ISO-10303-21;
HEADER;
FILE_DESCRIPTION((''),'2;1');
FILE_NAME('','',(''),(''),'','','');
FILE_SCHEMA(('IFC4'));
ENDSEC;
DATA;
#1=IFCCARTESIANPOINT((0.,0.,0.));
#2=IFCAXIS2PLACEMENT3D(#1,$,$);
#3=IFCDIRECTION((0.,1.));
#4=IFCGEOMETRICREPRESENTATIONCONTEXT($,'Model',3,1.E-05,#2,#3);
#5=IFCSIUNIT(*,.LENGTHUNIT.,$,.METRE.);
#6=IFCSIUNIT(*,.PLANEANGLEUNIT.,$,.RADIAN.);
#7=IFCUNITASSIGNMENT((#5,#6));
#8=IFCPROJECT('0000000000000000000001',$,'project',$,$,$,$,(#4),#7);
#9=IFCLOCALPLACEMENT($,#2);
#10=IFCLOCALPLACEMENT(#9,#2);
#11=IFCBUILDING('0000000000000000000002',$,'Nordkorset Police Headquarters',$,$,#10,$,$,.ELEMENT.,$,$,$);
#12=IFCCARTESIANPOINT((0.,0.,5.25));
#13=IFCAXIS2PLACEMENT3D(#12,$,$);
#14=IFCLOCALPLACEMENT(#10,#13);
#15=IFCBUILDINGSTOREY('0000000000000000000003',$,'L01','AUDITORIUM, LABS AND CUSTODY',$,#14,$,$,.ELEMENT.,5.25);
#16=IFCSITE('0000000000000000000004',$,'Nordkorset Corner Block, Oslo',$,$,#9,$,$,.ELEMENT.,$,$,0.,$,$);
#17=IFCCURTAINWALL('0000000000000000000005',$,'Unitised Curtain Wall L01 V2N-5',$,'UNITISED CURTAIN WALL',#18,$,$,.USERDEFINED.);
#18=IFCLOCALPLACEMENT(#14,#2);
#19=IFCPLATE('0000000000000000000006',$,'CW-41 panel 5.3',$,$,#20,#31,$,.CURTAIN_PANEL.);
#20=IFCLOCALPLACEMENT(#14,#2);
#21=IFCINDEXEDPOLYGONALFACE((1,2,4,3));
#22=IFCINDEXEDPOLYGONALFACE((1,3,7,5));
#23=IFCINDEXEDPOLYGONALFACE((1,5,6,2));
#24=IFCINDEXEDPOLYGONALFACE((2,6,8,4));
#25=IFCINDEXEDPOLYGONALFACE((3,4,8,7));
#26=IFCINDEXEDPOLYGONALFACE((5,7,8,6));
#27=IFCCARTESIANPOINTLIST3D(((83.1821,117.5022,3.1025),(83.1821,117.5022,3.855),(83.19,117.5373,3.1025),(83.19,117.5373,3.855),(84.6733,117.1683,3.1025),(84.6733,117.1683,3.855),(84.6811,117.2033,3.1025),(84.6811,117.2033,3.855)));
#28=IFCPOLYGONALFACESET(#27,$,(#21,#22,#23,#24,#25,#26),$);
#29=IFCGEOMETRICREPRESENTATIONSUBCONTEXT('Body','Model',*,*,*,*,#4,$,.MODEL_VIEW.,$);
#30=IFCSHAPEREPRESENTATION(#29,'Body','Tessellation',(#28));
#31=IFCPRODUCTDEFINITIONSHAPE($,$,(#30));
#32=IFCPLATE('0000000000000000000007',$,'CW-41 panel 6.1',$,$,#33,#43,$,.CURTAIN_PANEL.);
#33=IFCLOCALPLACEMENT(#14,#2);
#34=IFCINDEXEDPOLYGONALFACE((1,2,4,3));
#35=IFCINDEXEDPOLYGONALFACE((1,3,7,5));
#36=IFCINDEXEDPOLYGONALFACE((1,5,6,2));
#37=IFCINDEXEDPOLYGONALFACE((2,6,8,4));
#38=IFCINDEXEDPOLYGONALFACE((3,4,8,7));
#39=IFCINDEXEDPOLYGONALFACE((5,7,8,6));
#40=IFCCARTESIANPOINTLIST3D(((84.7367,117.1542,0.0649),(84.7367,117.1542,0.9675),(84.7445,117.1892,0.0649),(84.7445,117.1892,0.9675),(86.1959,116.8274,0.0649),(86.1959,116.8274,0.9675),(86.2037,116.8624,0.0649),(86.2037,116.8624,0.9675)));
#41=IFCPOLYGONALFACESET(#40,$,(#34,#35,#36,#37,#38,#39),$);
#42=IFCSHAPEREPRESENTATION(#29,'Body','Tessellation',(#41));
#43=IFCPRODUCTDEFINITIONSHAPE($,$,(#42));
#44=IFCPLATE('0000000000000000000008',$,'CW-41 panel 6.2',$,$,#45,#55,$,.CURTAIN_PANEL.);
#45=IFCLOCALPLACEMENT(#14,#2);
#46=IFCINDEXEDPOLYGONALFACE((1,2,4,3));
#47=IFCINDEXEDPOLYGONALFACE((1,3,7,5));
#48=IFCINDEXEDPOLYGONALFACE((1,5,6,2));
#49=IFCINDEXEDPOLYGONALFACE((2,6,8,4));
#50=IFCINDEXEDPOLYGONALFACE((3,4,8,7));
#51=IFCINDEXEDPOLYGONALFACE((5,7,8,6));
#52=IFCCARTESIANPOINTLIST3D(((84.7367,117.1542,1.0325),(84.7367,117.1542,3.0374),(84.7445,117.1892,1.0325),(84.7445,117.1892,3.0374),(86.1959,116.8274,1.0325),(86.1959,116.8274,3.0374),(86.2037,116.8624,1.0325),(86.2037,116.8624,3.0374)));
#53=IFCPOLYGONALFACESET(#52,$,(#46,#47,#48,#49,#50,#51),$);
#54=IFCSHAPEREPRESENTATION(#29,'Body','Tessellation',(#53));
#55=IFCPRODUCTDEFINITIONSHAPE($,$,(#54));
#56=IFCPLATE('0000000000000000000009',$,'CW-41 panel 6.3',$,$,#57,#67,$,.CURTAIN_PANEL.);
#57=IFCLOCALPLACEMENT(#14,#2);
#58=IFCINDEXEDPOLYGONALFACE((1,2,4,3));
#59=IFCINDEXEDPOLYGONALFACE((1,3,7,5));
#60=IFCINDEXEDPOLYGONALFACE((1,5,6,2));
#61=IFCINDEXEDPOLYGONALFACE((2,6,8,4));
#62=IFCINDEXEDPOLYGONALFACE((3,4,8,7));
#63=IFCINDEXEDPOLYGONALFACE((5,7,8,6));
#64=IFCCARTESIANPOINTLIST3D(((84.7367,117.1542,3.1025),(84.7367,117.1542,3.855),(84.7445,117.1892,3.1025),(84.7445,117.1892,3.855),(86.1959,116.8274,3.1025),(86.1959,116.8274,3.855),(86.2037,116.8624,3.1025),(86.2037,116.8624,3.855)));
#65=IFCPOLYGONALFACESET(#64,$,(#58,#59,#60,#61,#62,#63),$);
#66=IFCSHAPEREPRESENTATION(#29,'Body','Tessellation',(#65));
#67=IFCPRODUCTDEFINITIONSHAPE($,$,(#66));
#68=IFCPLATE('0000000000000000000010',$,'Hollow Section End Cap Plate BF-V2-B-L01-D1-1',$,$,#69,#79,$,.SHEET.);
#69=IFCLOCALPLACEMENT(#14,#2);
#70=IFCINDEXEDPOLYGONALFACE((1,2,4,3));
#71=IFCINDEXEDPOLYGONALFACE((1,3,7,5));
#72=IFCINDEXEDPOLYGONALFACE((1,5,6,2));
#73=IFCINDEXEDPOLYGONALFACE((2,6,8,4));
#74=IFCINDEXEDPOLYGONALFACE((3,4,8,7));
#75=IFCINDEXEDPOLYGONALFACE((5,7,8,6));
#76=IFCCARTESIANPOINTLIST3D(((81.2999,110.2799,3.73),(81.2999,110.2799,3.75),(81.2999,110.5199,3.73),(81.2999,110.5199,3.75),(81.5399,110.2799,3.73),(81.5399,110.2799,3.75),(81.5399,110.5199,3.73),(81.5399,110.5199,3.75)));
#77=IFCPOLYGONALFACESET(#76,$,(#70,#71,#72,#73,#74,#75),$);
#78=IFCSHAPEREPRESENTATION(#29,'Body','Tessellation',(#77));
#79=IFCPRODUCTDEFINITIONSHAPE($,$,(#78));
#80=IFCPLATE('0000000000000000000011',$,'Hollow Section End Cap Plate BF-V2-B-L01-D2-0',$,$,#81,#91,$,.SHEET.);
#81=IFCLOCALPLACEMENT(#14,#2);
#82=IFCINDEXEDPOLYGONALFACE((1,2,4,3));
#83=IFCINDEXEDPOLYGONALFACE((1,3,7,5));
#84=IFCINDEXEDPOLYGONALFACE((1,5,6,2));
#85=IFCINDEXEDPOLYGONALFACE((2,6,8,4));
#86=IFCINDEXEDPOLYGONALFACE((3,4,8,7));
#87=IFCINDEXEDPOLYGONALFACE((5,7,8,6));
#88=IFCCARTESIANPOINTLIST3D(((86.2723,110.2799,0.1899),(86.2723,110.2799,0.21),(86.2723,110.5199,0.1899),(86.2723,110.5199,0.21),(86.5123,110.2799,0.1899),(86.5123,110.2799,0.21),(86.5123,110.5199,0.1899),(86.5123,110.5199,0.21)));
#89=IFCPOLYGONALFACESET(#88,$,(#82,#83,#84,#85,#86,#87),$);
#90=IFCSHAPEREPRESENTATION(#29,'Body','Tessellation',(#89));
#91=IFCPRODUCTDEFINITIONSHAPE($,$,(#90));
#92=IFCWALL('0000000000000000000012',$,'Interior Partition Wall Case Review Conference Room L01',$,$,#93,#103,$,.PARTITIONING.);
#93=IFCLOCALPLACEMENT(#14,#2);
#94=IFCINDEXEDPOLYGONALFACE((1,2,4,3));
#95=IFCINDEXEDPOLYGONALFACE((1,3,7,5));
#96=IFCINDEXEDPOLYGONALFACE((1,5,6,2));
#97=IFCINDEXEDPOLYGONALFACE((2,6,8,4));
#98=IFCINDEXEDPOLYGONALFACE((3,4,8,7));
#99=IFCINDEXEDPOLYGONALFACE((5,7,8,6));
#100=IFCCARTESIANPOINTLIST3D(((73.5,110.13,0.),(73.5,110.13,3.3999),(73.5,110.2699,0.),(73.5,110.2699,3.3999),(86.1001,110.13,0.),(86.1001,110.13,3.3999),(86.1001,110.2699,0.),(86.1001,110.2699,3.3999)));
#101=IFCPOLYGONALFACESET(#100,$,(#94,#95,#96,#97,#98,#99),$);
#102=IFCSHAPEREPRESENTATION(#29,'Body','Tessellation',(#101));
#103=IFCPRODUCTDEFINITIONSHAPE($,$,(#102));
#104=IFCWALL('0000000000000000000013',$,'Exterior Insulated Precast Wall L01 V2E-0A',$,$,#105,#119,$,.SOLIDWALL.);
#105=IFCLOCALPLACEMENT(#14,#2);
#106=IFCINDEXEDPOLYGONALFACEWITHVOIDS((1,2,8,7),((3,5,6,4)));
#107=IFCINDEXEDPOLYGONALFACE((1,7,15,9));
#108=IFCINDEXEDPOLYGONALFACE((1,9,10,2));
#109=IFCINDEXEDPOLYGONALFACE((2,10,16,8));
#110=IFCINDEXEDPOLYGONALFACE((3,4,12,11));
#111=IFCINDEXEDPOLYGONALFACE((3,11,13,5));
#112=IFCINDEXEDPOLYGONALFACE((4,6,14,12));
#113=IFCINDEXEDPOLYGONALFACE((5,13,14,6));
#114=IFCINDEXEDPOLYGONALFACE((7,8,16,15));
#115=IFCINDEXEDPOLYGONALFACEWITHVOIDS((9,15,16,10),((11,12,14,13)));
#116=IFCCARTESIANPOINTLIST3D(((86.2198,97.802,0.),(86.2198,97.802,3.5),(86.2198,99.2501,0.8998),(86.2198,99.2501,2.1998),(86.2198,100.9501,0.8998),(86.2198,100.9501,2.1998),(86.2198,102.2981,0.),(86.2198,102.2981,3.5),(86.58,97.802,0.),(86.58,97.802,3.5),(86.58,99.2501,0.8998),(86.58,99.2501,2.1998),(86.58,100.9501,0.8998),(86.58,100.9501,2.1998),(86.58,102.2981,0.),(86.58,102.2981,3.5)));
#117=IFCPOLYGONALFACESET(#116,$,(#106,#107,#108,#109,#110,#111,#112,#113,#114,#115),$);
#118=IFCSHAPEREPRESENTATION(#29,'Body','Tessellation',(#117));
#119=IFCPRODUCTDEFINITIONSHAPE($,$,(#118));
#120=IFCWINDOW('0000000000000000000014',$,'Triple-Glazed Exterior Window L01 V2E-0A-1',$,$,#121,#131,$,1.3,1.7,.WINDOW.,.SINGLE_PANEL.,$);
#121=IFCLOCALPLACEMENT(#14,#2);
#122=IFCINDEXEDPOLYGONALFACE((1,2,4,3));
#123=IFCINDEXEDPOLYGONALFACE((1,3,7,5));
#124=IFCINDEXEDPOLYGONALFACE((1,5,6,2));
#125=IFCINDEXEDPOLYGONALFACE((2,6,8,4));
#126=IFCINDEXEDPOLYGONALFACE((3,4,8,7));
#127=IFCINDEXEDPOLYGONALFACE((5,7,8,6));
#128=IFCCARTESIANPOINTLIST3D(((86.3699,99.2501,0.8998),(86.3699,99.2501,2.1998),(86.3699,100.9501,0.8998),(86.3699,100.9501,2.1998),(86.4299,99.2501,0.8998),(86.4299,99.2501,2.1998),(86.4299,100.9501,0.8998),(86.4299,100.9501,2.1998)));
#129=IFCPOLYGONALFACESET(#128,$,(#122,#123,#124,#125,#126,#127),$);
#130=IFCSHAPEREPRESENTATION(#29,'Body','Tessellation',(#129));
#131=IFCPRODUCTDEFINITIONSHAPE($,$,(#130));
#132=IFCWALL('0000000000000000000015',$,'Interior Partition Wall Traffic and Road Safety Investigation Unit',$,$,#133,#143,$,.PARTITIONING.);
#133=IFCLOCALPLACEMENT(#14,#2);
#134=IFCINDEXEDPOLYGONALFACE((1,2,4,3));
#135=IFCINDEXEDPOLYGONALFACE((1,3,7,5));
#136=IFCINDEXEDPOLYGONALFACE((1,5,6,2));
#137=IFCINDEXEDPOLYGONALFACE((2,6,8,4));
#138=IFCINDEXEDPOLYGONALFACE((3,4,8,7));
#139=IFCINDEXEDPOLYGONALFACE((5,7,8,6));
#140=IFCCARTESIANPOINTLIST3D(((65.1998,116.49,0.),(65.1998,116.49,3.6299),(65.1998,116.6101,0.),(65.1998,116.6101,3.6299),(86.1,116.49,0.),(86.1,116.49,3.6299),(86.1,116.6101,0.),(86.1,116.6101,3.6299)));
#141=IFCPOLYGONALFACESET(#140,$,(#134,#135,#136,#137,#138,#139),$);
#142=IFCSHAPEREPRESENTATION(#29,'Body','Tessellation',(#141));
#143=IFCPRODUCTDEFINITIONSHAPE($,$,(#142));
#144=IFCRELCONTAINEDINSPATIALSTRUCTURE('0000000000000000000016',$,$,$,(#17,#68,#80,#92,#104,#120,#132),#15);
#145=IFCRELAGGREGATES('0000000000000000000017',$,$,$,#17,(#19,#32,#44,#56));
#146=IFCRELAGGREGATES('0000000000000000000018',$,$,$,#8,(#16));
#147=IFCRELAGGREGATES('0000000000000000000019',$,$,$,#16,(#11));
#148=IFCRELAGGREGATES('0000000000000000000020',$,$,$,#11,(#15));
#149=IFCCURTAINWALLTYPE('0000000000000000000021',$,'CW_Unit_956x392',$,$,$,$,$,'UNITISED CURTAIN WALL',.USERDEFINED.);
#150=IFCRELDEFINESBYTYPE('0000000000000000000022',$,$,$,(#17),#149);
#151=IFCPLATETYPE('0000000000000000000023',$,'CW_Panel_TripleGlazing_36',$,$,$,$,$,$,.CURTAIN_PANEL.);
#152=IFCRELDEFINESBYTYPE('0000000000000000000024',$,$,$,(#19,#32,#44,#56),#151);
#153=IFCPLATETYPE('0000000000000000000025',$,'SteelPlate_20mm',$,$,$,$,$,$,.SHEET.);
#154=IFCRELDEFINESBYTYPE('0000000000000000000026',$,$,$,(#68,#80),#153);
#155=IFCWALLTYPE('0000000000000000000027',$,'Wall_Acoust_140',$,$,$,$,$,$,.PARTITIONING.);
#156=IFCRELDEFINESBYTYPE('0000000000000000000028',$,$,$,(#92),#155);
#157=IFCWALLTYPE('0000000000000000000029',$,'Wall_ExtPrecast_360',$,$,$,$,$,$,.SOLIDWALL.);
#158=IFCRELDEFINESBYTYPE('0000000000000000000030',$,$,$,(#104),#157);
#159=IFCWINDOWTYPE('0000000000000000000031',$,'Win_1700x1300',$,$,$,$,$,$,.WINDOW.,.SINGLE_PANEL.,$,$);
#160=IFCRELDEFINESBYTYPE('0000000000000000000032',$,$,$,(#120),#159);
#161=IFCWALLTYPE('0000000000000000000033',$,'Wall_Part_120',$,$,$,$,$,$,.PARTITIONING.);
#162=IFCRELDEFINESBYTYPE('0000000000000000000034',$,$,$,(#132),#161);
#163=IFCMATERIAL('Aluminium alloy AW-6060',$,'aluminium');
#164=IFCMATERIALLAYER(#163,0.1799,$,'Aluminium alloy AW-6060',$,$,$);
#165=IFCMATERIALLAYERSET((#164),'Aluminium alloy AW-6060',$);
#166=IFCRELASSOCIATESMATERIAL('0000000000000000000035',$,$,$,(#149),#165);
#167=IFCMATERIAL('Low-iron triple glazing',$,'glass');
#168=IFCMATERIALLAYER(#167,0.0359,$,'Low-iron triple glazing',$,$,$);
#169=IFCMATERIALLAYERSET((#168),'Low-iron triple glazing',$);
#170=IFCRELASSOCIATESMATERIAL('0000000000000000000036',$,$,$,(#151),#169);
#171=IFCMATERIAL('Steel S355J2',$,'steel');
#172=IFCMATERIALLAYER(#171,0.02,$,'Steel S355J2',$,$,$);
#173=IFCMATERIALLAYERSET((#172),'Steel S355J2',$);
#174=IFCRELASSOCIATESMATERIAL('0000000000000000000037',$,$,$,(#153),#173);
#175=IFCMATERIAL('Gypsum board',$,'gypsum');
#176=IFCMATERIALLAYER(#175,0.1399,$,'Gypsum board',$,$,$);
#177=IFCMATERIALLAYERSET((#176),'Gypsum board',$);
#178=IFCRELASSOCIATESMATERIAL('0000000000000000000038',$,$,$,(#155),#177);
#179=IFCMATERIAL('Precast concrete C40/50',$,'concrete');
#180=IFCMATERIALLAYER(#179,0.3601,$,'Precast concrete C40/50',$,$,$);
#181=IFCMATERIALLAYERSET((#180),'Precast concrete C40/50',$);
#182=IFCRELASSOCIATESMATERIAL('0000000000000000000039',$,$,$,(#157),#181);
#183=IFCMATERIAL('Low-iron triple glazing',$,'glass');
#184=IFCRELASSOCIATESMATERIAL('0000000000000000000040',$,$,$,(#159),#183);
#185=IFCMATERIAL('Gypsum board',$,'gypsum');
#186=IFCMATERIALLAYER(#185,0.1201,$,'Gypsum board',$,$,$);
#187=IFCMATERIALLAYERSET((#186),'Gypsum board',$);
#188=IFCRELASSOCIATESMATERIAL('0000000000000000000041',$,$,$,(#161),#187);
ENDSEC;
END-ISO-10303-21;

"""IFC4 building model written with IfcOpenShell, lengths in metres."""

from ifc_helpers import new_model, si_unit, direction, frame, frame_2d, origin, origin_2d, place, context, subcontext, project, spatial, rectangle, extrude, material, layer, layer_set, type_object, element, fill, aggregate, save


model = new_model("IFC4")

# Units and contexts
model_context = context("Model", 3, precision=1e-05, world=origin(), true_north=direction((0.0, 1.0)))
body_context = subcontext(model_context, "Body", "Model", "MODEL_VIEW")
ifc_project = project(units=[si_unit("LENGTHUNIT", "METRE"), si_unit("PLANEANGLEUNIT", "RADIAN")], contexts=[model_context])

# Site, building, storey
site_placement = place(None, origin())
site = spatial("IfcSite", under=ifc_project, at=site_placement, Name="Nordkorset Corner Block, Oslo", CompositionType="ELEMENT", RefElevation=0.0)
building_placement = place(site_placement, origin())
building = spatial("IfcBuilding", under=site, at=building_placement, Name="Nordkorset Police Headquarters", CompositionType="ELEMENT")
storey_placement = place(building_placement, frame((0.0, 0.0, 5.25)))
storey = spatial("IfcBuildingStorey", under=building, at=storey_placement, Name="L01", Description="AUDITORIUM, LABS AND CUSTODY", CompositionType="ELEMENT", Elevation=5.25)

# Curtain wall
ifc_material_1 = material(Name="Aluminium alloy AW-6060", Category="aluminium")
ifc_layer_1 = layer(ifc_material_1, 0.1799, Name="Aluminium alloy AW-6060")
ifc_layer_set_1 = layer_set([ifc_layer_1], Name="Aluminium alloy AW-6060")
curtain_wall_type = type_object("IfcCurtainWallType", Name="CW_Unit_956x392", ElementType="UNITISED CURTAIN WALL", PredefinedType="USERDEFINED", material=ifc_layer_set_1)
curtain_wall_placement = place(storey_placement, origin())
curtain_wall = element("IfcCurtainWall", 1, at=curtain_wall_placement, inside=storey, type_object=curtain_wall_type, Name="Unitised Curtain Wall L01 V2N-5", ObjectType="UNITISED CURTAIN WALL", PredefinedType="USERDEFINED")

# Plates
ifc_material_2 = material(Name="Low-iron triple glazing", Category="glass")
ifc_layer_2 = layer(ifc_material_2, 0.0359, Name="Low-iron triple glazing")
ifc_layer_set_2 = layer_set([ifc_layer_2], Name="Low-iron triple glazing")
plate_type_1 = type_object("IfcPlateType", Name="CW_Panel_TripleGlazing_36", PredefinedType="CURTAIN_PANEL", material=ifc_layer_set_2)
plate_1_placement = place(storey_placement, frame((83.9316, 117.3528, 3.1025), z_axis=(0.0, 0.0, 1.0), x_axis=(0.975827, -0.218544, 0.0)))
plate_1 = element("IfcPlate", 2, at=plate_1_placement, type_object=plate_type_1, Name="CW-41 panel 5.3", PredefinedType="CURTAIN_PANEL", context=body_context, shape_type="SweptSolid", body=[
    extrude(rectangle(XDim=1.5281, YDim=0.0359, at=origin_2d()), origin(), (0.0, 0.0, 1.0), 0.7524),
])
plate_2_placement = place(storey_placement, frame((85.4702, 117.0083, 0.0649), z_axis=(0.0, 0.0, 1.0), x_axis=(0.975827, -0.218544, 0.0)))
plate_2 = element("IfcPlate", 3, at=plate_2_placement, type_object=plate_type_1, Name="CW-41 panel 6.1", PredefinedType="CURTAIN_PANEL", context=body_context, shape_type="SweptSolid", body=[
    extrude(rectangle(XDim=1.4954, YDim=0.0359, at=origin_2d()), origin(), (0.0, 0.0, 1.0), 0.9026),
])
plate_3_placement = place(storey_placement, frame((85.4702, 117.0083, 1.0325), z_axis=(0.0, 0.0, 1.0), x_axis=(0.975827, -0.218544, 0.0)))
plate_3 = element("IfcPlate", 4, at=plate_3_placement, type_object=plate_type_1, Name="CW-41 panel 6.2", PredefinedType="CURTAIN_PANEL", context=body_context, shape_type="SweptSolid", body=[
    extrude(rectangle(XDim=1.4954, YDim=0.0359, at=origin_2d()), origin(), (0.0, 0.0, 1.0), 2.0049),
])
plate_4_placement = place(storey_placement, frame((85.4702, 117.0083, 3.1025), z_axis=(0.0, 0.0, 1.0), x_axis=(0.975827, -0.218544, 0.0)))
plate_4 = element("IfcPlate", 5, at=plate_4_placement, type_object=plate_type_1, Name="CW-41 panel 6.3", PredefinedType="CURTAIN_PANEL", context=body_context, shape_type="SweptSolid", body=[
    extrude(rectangle(XDim=1.4954, YDim=0.0359, at=origin_2d()), origin(), (0.0, 0.0, 1.0), 0.7524),
])
aggregate(curtain_wall, [plate_1, plate_2, plate_3, plate_4])

# Plates
ifc_material_3 = material(Name="Steel S355J2", Category="steel")
ifc_layer_3 = layer(ifc_material_3, 0.02, Name="Steel S355J2")
ifc_layer_set_3 = layer_set([ifc_layer_3], Name="Steel S355J2")
plate_type_2 = type_object("IfcPlateType", Name="SteelPlate_20mm", PredefinedType="SHEET", material=ifc_layer_set_3)
for number, where, z_axis, x_axis, name in (
    (6, (81.4199, 110.3999, 3.73), (0.0, 0.0, 1.0), (1.0, 0.0, 0.0), "Hollow Section End Cap Plate BF-V2-B-L01-D1-1"),
    (7, (86.3923, 110.3999, 0.1899), (0.0, 0.0, 1.0), (1.0, 0.0, 0.0), "Hollow Section End Cap Plate BF-V2-B-L01-D2-0"),
):
    element("IfcPlate", number, at=place(storey_placement, frame(where, z_axis=z_axis, x_axis=x_axis)), inside=storey, type_object=plate_type_2, Name=name, PredefinedType="SHEET", context=body_context, shape_type="SweptSolid", body=[
        extrude(rectangle(XDim=0.24, YDim=0.24, at=origin_2d()), origin(), (0.0, 0.0, 1.0), 0.02),
    ])

# Wall
ifc_material_4 = material(Name="Gypsum board", Category="gypsum")
ifc_layer_4 = layer(ifc_material_4, 0.1399, Name="Gypsum board")
ifc_layer_set_4 = layer_set([ifc_layer_4], Name="Gypsum board")
wall_type_1 = type_object("IfcWallType", Name="Wall_Acoust_140", PredefinedType="PARTITIONING", material=ifc_layer_set_4)
wall_1_placement = place(storey_placement, frame((86.1001, 110.2, 0.0), z_axis=(0.0, 0.0, 1.0), x_axis=(-1.0, 0.0, 0.0)))
element("IfcWall", 8, at=wall_1_placement, inside=storey, type_object=wall_type_1, Name="Interior Partition Wall Case Review Conference Room L01", PredefinedType="PARTITIONING", context=body_context, shape_type="SweptSolid", body=[
    extrude(rectangle(XDim=12.6001, YDim=0.1399, at=frame_2d((6.3, 0.0))), origin(), (0.0, 0.0, 1.0), 3.3999),
])

# Wall, opening, window
ifc_material_5 = material(Name="Precast concrete C40/50", Category="concrete")
ifc_layer_5 = layer(ifc_material_5, 0.3601, Name="Precast concrete C40/50")
ifc_layer_set_5 = layer_set([ifc_layer_5], Name="Precast concrete C40/50")
wall_type_2 = type_object("IfcWallType", Name="Wall_ExtPrecast_360", PredefinedType="SOLIDWALL", material=ifc_layer_set_5)
wall_2_placement = place(storey_placement, frame((86.3999, 97.802, 0.0), z_axis=(0.0, 0.0, 1.0), x_axis=(0.0, 1.0, 0.0)))
wall_2 = element("IfcWall", 9, at=wall_2_placement, inside=storey, type_object=wall_type_2, Name="Exterior Insulated Precast Wall L01 V2E-0A", PredefinedType="SOLIDWALL", context=body_context, shape_type="SweptSolid", body=[
    extrude(rectangle(XDim=4.4961, YDim=0.3601, at=frame_2d((2.248, 0.0))), origin(), (0.0, 0.0, 1.0), 3.5),
])
opening_placement = place(wall_2_placement, frame((1.448, 0.0, 0.8999)))
opening = element("IfcOpeningElement", 10, at=opening_placement, cuts=wall_2, PredefinedType="OPENING", context=body_context, shape_type="SweptSolid", body=[
    extrude(rectangle(XDim=1.7, YDim=1.3, at=frame_2d((0.8501, 0.6499))), frame((0.0, 0.1899, 0.0), z_axis=(0.0, -1.0, 0.0), x_axis=(1.0, 0.0, 0.0)), (0.0, 0.0, 1.0), 0.3801),
])
ifc_material_6 = material(Name="Low-iron triple glazing", Category="glass")
window_type = type_object("IfcWindowType", Name="Win_1700x1300", PartitioningType="SINGLE_PANEL", PredefinedType="WINDOW", material=ifc_material_6)
window_placement = place(opening_placement, origin())
window = element("IfcWindow", 11, at=window_placement, inside=storey, type_object=window_type, Name="Triple-Glazed Exterior Window L01 V2E-0A-1", OverallHeight=1.3, OverallWidth=1.7, PartitioningType="SINGLE_PANEL", PredefinedType="WINDOW", context=body_context, shape_type="SweptSolid", body=[
    extrude(rectangle(XDim=1.7, YDim=1.3, at=frame_2d((0.8501, 0.6499))), frame((0.0, 0.03, 0.0), z_axis=(0.0, -1.0, 0.0), x_axis=(1.0, 0.0, 0.0)), (0.0, 0.0, 1.0), 0.0601),
])
fill(opening, window)

# Wall
ifc_material_7 = material(Name="Gypsum board", Category="gypsum")
ifc_layer_6 = layer(ifc_material_7, 0.1201, Name="Gypsum board")
ifc_layer_set_6 = layer_set([ifc_layer_6], Name="Gypsum board")
wall_type_3 = type_object("IfcWallType", Name="Wall_Part_120", PredefinedType="PARTITIONING", material=ifc_layer_set_6)
wall_3_placement = place(storey_placement, frame((86.1001, 116.55, 0.0), z_axis=(0.0, 0.0, 1.0), x_axis=(-1.0, 0.0, 0.0)))
element("IfcWall", 12, at=wall_3_placement, inside=storey, type_object=wall_type_3, Name="Interior Partition Wall Traffic and Road Safety Investigation Unit", PredefinedType="PARTITIONING", context=body_context, shape_type="SweptSolid", body=[
    extrude(rectangle(XDim=20.9001, YDim=0.1201, at=frame_2d((10.4502, 0.0))), origin(), (0.0, 0.0, 1.0), 3.6299),
])

save(model, "model.ifc")
